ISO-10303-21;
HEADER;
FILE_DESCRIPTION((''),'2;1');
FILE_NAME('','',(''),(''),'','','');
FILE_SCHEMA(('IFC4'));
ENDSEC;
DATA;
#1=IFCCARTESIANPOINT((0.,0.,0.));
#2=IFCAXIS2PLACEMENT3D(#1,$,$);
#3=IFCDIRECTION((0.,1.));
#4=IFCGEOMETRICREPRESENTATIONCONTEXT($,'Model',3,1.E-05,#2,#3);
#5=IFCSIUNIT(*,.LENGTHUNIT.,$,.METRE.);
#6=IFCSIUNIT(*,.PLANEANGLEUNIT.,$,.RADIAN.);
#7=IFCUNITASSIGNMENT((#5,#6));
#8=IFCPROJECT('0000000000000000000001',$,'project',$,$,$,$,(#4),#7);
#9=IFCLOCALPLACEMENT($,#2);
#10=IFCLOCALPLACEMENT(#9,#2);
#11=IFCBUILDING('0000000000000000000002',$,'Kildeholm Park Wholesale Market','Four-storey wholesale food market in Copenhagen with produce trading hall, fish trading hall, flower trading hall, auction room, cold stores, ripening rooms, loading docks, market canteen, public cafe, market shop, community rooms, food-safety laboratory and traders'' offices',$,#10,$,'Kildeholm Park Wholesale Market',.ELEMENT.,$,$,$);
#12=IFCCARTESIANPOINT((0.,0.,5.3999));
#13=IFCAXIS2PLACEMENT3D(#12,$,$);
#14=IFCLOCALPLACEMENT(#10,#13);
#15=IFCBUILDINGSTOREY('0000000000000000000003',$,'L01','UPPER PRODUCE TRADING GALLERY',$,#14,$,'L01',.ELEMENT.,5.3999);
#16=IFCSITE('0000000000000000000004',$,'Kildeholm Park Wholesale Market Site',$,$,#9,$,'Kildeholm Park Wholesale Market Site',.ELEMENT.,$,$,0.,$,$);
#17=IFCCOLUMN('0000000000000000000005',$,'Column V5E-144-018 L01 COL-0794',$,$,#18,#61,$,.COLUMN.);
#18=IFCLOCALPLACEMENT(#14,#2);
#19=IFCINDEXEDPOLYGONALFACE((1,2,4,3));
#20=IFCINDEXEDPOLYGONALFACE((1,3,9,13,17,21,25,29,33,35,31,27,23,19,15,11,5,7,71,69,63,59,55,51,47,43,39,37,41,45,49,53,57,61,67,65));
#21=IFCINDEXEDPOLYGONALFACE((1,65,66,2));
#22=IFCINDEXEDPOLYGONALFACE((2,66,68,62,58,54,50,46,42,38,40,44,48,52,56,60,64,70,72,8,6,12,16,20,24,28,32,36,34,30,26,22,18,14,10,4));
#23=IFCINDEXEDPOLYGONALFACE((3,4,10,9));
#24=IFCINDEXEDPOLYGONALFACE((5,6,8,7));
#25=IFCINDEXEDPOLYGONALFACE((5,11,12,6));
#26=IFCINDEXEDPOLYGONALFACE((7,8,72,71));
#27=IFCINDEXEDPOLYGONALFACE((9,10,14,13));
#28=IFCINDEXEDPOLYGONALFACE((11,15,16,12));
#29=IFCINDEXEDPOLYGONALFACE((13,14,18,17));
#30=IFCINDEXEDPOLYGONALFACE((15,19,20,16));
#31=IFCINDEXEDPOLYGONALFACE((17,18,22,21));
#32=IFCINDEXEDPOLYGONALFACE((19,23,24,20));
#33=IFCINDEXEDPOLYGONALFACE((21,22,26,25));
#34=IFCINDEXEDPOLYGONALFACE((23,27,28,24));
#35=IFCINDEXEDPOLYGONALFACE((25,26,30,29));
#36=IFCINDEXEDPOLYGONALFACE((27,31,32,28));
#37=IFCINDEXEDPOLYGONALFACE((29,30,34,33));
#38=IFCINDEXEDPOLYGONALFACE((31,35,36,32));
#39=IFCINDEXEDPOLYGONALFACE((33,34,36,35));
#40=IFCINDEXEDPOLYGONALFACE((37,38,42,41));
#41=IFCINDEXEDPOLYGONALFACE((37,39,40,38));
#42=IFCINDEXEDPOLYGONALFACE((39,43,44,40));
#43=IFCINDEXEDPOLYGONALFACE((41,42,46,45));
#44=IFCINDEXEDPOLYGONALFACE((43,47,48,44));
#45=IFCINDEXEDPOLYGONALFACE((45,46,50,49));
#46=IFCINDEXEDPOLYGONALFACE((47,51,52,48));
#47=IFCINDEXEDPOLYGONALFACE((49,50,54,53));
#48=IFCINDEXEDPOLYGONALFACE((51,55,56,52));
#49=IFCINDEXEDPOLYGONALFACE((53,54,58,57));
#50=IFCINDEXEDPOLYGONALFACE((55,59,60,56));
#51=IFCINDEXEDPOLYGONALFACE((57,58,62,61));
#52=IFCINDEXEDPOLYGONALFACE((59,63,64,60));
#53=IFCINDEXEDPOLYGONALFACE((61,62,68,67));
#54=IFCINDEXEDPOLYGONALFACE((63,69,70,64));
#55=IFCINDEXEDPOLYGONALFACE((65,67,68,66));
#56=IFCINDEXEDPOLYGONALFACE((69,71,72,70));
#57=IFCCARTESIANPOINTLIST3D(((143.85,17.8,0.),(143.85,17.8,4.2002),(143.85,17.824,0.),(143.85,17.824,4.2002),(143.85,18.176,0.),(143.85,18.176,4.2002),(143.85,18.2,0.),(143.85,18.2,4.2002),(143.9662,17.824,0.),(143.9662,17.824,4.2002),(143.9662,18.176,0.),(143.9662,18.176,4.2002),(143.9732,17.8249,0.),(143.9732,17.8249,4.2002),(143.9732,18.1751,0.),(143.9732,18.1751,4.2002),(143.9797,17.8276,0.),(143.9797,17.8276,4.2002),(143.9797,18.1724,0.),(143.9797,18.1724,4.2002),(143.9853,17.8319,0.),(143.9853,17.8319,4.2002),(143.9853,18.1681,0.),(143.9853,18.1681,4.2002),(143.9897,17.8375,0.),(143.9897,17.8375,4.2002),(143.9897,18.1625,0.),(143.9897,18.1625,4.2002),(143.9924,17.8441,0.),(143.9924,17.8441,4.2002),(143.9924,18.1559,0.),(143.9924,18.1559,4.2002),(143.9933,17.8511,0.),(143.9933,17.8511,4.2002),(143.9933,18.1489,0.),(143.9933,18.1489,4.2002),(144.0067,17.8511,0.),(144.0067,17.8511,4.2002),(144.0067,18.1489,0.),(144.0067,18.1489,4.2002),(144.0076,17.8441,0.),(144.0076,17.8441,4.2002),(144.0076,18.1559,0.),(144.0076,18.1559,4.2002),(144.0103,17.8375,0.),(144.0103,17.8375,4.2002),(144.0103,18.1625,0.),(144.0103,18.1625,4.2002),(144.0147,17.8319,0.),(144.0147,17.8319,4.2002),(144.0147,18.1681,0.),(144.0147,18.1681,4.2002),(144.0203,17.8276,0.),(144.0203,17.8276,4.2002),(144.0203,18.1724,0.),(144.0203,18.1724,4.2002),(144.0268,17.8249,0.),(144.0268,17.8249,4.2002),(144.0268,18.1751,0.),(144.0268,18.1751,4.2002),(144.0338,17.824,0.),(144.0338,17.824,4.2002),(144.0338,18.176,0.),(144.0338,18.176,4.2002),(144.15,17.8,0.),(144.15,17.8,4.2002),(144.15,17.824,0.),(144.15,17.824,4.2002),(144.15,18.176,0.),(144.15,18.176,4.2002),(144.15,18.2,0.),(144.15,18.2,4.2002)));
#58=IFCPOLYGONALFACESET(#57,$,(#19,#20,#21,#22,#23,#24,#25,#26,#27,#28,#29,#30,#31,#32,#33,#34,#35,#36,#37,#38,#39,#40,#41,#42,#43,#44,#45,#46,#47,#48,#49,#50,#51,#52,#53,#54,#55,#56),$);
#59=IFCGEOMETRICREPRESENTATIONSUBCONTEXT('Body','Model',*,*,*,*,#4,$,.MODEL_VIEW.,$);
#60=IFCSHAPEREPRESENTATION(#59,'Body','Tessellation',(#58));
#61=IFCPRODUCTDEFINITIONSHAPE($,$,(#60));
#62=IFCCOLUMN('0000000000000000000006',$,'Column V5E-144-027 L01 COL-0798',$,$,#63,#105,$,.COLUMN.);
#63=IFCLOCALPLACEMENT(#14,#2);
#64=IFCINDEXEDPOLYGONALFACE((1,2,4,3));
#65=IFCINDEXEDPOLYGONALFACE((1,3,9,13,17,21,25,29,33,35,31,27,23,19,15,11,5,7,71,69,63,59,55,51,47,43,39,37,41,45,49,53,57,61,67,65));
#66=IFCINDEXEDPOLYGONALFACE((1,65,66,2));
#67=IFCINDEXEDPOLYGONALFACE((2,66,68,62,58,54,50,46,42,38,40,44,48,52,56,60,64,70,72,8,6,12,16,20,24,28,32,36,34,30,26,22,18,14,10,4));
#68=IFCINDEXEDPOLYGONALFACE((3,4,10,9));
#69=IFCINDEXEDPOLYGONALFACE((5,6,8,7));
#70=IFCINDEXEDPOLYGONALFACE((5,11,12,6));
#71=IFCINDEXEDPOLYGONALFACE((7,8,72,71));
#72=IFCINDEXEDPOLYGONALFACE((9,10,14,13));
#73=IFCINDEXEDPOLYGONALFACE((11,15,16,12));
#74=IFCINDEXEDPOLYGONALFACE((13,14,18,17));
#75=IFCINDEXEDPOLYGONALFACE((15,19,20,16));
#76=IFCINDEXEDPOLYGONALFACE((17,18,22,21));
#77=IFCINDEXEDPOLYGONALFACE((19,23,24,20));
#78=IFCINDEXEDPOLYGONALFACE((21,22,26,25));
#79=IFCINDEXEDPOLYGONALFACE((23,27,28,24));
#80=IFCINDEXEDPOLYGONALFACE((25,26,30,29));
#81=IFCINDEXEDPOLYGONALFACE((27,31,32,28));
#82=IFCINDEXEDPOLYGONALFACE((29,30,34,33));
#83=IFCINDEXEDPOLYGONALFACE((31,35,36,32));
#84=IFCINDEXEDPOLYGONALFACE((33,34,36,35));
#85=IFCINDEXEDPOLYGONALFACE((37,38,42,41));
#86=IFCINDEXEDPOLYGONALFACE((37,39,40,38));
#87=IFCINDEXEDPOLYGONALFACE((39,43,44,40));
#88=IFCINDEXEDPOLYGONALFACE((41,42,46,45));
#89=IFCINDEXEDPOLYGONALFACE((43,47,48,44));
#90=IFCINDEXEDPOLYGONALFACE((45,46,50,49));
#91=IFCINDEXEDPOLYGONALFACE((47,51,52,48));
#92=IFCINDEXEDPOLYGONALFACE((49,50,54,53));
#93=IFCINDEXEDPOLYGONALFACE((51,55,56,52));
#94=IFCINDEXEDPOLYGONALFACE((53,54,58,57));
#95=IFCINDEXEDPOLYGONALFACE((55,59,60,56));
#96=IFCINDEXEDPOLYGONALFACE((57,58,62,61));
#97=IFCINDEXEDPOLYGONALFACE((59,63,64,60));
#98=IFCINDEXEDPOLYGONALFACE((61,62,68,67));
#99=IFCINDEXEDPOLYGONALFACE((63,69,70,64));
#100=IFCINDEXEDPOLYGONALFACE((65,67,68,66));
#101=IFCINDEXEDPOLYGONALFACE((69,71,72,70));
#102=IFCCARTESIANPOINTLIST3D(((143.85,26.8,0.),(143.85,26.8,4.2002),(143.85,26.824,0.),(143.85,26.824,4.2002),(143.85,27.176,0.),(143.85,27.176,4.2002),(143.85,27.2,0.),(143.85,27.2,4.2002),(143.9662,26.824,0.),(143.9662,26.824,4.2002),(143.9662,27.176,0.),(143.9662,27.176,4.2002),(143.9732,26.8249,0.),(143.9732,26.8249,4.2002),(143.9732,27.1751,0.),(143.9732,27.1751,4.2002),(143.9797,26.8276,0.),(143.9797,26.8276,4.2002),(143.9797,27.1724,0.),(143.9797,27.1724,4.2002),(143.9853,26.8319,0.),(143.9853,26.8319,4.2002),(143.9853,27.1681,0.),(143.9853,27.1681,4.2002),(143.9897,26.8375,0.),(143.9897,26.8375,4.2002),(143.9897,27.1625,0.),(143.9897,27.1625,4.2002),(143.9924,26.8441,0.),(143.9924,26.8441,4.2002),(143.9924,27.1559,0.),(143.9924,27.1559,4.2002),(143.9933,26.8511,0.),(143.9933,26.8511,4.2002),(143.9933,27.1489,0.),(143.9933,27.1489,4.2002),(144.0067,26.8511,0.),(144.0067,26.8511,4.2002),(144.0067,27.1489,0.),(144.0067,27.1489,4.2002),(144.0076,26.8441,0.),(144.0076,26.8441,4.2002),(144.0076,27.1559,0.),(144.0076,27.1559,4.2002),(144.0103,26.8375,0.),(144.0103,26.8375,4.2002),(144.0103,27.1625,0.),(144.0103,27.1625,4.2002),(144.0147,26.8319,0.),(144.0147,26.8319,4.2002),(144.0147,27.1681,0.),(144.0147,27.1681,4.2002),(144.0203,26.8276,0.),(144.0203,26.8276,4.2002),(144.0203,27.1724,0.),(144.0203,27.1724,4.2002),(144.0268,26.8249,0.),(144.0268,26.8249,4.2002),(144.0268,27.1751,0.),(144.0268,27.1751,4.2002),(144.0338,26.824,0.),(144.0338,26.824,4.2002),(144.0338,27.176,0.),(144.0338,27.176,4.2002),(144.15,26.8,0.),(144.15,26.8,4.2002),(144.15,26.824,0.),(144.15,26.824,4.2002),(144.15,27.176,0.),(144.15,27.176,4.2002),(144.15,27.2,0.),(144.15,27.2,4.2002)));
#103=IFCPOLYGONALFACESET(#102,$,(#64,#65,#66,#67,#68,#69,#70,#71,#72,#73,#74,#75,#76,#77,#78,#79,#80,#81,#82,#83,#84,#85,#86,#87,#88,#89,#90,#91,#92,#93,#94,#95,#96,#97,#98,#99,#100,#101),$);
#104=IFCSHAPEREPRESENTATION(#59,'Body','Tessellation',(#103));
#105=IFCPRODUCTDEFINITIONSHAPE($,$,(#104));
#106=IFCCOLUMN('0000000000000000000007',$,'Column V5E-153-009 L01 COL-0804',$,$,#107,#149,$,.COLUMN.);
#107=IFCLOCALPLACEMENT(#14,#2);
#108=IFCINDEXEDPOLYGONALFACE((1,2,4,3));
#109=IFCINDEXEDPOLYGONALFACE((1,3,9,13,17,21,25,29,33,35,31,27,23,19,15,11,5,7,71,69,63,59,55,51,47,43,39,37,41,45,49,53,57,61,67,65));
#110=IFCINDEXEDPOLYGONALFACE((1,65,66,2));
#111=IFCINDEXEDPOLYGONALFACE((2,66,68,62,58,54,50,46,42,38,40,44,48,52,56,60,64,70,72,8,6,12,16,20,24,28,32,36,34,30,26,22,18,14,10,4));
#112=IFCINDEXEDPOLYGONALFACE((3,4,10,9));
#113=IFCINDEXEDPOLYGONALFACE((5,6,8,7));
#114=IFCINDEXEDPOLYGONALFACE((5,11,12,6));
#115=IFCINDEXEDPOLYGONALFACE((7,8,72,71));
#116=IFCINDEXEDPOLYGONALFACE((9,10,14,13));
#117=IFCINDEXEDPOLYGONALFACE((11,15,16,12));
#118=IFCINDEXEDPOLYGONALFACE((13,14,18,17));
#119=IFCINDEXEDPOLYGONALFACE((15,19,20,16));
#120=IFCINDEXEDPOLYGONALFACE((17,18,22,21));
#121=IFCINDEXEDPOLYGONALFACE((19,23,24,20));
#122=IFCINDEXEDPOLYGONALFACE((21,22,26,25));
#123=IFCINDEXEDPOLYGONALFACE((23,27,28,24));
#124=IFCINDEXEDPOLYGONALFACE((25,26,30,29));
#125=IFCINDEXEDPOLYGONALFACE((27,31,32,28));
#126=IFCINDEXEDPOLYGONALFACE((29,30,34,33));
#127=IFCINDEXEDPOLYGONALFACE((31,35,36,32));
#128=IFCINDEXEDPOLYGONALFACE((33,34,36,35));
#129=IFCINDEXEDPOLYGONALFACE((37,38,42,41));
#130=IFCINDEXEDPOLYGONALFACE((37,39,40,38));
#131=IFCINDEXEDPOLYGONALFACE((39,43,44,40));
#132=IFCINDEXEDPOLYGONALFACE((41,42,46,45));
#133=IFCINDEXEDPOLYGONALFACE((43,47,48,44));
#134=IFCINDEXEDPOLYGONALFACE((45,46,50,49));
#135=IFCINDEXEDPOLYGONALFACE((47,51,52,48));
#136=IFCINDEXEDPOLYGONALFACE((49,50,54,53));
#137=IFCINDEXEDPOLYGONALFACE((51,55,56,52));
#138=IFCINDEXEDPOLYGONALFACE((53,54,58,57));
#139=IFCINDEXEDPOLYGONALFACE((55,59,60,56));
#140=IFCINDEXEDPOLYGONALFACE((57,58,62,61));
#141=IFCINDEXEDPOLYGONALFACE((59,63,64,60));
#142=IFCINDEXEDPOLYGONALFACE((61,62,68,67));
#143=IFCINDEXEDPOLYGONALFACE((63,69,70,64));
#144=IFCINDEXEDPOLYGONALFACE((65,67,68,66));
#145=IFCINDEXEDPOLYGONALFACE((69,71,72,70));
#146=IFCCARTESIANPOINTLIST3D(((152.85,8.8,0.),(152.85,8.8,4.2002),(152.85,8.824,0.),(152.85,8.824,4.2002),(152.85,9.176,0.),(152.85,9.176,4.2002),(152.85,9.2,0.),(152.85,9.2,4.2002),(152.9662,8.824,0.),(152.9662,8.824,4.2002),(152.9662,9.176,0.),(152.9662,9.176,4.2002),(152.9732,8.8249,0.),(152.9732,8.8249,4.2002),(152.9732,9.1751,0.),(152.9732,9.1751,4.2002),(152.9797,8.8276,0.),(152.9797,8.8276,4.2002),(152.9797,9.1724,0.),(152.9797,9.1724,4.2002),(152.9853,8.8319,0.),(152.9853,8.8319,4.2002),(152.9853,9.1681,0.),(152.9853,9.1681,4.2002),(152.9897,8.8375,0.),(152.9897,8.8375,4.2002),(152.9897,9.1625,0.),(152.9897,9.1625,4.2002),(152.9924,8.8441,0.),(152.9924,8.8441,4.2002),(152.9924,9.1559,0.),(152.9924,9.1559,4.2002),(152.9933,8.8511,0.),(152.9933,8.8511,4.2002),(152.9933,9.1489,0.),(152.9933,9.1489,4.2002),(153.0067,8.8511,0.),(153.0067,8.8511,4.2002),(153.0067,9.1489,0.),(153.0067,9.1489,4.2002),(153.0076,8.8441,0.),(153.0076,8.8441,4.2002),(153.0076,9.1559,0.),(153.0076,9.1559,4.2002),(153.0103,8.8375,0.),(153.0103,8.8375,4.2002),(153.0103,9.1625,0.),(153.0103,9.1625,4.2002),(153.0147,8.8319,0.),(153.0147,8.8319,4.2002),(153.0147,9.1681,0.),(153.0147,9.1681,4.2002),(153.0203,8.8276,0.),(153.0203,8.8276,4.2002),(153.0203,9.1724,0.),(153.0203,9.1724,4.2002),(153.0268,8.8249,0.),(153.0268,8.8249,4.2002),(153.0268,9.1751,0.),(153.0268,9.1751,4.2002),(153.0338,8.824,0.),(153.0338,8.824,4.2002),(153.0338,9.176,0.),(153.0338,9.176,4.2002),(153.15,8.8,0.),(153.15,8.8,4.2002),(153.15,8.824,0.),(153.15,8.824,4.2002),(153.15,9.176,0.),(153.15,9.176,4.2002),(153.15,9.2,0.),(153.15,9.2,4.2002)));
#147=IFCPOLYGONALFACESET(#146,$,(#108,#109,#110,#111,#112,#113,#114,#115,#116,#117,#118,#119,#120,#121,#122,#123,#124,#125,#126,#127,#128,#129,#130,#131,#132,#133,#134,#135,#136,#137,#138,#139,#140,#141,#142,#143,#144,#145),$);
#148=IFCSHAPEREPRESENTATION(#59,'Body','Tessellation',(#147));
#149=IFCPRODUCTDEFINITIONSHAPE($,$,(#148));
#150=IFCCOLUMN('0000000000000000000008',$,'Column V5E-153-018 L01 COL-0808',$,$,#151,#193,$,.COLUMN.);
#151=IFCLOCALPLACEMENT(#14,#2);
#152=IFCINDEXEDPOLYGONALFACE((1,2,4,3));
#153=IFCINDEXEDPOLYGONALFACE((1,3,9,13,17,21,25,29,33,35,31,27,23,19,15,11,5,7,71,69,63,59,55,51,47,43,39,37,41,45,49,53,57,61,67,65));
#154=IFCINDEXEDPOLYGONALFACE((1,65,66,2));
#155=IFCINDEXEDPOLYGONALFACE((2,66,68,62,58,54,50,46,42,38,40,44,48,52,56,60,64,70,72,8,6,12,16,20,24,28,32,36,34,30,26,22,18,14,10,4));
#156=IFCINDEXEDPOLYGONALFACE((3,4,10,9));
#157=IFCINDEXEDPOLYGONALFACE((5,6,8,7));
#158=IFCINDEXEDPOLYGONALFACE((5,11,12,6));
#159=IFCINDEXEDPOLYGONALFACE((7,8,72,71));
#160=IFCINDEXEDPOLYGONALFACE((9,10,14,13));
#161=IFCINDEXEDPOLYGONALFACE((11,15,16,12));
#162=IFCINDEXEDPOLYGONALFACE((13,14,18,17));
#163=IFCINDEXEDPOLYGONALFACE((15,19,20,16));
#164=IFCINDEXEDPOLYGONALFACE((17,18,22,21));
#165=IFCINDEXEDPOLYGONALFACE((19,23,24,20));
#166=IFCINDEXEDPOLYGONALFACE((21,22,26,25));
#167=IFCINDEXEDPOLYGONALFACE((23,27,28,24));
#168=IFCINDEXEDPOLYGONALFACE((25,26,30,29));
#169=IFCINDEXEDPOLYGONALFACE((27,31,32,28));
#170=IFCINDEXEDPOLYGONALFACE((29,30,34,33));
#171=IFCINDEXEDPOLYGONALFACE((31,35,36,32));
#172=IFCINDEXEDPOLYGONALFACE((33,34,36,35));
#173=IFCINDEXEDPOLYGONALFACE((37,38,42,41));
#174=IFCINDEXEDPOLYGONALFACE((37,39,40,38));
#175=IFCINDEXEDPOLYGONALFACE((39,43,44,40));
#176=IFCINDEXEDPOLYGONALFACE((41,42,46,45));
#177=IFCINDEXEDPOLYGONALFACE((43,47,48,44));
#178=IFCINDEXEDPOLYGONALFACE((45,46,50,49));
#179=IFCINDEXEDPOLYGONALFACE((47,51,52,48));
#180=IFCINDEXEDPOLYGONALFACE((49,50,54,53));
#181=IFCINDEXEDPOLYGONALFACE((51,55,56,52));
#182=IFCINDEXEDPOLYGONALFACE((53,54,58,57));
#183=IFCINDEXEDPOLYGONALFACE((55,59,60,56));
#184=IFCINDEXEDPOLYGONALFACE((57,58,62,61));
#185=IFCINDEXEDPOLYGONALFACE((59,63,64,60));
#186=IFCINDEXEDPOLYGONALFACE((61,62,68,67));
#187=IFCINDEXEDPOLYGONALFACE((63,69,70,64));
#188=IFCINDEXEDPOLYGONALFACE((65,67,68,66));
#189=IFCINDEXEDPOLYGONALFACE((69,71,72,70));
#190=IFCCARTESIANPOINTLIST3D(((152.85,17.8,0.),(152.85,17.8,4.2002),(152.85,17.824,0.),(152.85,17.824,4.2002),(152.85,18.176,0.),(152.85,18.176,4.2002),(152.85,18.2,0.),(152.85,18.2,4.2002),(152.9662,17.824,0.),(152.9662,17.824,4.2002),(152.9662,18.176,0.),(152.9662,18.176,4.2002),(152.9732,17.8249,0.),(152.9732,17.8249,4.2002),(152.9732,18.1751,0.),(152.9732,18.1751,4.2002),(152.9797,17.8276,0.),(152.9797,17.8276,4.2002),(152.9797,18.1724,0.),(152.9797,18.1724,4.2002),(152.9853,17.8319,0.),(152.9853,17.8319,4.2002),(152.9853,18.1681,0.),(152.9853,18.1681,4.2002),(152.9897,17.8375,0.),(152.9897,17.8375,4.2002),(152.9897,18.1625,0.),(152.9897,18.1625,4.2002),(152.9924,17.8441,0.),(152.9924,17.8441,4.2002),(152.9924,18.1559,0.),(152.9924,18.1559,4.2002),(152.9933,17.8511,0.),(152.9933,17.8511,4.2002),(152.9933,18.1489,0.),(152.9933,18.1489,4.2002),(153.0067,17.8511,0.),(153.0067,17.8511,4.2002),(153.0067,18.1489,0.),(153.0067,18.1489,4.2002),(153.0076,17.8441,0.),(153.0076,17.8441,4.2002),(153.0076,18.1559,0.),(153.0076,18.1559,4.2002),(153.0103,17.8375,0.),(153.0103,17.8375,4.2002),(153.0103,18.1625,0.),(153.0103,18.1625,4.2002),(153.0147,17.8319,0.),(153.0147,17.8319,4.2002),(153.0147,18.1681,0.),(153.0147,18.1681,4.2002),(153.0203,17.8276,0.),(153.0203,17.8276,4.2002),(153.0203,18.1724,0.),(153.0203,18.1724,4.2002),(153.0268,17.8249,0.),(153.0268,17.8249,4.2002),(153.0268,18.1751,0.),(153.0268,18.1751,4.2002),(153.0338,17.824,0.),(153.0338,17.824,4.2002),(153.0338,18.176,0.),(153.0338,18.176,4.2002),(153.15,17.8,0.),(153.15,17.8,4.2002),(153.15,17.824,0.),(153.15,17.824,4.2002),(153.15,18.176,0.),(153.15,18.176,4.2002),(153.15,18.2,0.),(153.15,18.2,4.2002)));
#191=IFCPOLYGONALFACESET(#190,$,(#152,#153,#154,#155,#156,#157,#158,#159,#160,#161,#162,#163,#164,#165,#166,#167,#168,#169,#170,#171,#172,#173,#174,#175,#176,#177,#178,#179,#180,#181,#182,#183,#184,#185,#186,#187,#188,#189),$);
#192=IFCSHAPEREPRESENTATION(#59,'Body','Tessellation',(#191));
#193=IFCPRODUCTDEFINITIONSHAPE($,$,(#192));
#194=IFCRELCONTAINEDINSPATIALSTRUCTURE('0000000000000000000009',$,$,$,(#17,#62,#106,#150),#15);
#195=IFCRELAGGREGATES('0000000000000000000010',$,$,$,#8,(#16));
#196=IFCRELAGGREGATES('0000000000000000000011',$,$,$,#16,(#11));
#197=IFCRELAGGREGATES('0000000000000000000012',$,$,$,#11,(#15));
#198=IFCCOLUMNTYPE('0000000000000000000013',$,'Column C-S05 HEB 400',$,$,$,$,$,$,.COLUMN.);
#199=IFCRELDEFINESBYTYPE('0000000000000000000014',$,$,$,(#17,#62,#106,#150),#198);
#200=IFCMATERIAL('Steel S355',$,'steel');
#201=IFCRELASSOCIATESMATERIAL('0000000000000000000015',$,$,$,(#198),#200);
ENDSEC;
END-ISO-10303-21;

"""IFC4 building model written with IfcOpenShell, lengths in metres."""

from ifc_helpers import new_model, si_unit, direction, frame, origin, origin_2d, place, context, subcontext, project, spatial, i_section, extrude, material, material_profile, profile_set, type_object, element, save


model = new_model("IFC4")

# Units and contexts
model_context = context("Model", 3, precision=1e-05, world=origin(), true_north=direction((0.0, 1.0)))
body_context = subcontext(model_context, "Body", "Model", "MODEL_VIEW")
ifc_project = project(units=[si_unit("LENGTHUNIT", "METRE"), si_unit("PLANEANGLEUNIT", "RADIAN")], contexts=[model_context])

# Site, building, storey
site_placement = place(None, origin())
site = spatial("IfcSite", under=ifc_project, at=site_placement, Name="Kildeholm Park Wholesale Market Site", LongName="Kildeholm Park Wholesale Market Site", CompositionType="ELEMENT", RefElevation=0.0)
building_placement = place(site_placement, origin())
building = spatial("IfcBuilding", under=site, at=building_placement, Name="Kildeholm Park Wholesale Market", Description="Four-storey wholesale food market in Copenhagen with produce trading hall, fish trading hall, flower trading hall, auction room, cold stores, ripening rooms, loading docks, market canteen, public cafe, market shop, community rooms, food-safety laboratory and traders' offices", LongName="Kildeholm Park Wholesale Market", CompositionType="ELEMENT")
storey_placement = place(building_placement, frame((0.0, 0.0, 5.3999)))
storey = spatial("IfcBuildingStorey", under=building, at=storey_placement, Name="L01", Description="UPPER PRODUCE TRADING GALLERY", LongName="L01", CompositionType="ELEMENT", Elevation=5.3999)

# Columns
ifc_material_1 = material(Name="Steel S355", Category="steel")
ifc_material_profile_1 = material_profile(ifc_material_1, i_section(OverallWidth=0.3, OverallDepth=0.3999, WebThickness=0.0134, FlangeThickness=0.0239, FilletRadius=0.0271, at=origin_2d()), Name="HEB 400")
ifc_profile_set_1 = profile_set([ifc_material_profile_1], Name="Steel S355")
column_type = type_object("IfcColumnType", Name="Column C-S05 HEB 400", PredefinedType="COLUMN", material=ifc_profile_set_1)
for number, where, z_axis, x_axis, name in (
    (1, (144.0, 18.0, 0.0), (0.0, 0.0, 1.0), (1.0, 0.0, 0.0), "Column V5E-144-018 L01 COL-0794"),
    (2, (144.0, 27.0, 0.0), (0.0, 0.0, 1.0), (1.0, 0.0, 0.0), "Column V5E-144-027 L01 COL-0798"),
    (3, (153.0, 9.0, 0.0), (0.0, 0.0, 1.0), (1.0, 0.0, 0.0), "Column V5E-153-009 L01 COL-0804"),
    (4, (153.0, 18.0, 0.0), (0.0, 0.0, 1.0), (1.0, 0.0, 0.0), "Column V5E-153-018 L01 COL-0808"),
):
    element("IfcColumn", number, at=place(storey_placement, frame(where, z_axis=z_axis, x_axis=x_axis)), inside=storey, type_object=column_type, Name=name, PredefinedType="COLUMN", context=body_context, shape_type="SweptSolid", body=[
        extrude(i_section(OverallWidth=0.3, OverallDepth=0.3999, WebThickness=0.0134, FlangeThickness=0.0239, FilletRadius=0.0271, at=origin_2d()), origin(), (0.0, 0.0, 1.0), 4.2002),
    ])

save(model, "model.ifc")
